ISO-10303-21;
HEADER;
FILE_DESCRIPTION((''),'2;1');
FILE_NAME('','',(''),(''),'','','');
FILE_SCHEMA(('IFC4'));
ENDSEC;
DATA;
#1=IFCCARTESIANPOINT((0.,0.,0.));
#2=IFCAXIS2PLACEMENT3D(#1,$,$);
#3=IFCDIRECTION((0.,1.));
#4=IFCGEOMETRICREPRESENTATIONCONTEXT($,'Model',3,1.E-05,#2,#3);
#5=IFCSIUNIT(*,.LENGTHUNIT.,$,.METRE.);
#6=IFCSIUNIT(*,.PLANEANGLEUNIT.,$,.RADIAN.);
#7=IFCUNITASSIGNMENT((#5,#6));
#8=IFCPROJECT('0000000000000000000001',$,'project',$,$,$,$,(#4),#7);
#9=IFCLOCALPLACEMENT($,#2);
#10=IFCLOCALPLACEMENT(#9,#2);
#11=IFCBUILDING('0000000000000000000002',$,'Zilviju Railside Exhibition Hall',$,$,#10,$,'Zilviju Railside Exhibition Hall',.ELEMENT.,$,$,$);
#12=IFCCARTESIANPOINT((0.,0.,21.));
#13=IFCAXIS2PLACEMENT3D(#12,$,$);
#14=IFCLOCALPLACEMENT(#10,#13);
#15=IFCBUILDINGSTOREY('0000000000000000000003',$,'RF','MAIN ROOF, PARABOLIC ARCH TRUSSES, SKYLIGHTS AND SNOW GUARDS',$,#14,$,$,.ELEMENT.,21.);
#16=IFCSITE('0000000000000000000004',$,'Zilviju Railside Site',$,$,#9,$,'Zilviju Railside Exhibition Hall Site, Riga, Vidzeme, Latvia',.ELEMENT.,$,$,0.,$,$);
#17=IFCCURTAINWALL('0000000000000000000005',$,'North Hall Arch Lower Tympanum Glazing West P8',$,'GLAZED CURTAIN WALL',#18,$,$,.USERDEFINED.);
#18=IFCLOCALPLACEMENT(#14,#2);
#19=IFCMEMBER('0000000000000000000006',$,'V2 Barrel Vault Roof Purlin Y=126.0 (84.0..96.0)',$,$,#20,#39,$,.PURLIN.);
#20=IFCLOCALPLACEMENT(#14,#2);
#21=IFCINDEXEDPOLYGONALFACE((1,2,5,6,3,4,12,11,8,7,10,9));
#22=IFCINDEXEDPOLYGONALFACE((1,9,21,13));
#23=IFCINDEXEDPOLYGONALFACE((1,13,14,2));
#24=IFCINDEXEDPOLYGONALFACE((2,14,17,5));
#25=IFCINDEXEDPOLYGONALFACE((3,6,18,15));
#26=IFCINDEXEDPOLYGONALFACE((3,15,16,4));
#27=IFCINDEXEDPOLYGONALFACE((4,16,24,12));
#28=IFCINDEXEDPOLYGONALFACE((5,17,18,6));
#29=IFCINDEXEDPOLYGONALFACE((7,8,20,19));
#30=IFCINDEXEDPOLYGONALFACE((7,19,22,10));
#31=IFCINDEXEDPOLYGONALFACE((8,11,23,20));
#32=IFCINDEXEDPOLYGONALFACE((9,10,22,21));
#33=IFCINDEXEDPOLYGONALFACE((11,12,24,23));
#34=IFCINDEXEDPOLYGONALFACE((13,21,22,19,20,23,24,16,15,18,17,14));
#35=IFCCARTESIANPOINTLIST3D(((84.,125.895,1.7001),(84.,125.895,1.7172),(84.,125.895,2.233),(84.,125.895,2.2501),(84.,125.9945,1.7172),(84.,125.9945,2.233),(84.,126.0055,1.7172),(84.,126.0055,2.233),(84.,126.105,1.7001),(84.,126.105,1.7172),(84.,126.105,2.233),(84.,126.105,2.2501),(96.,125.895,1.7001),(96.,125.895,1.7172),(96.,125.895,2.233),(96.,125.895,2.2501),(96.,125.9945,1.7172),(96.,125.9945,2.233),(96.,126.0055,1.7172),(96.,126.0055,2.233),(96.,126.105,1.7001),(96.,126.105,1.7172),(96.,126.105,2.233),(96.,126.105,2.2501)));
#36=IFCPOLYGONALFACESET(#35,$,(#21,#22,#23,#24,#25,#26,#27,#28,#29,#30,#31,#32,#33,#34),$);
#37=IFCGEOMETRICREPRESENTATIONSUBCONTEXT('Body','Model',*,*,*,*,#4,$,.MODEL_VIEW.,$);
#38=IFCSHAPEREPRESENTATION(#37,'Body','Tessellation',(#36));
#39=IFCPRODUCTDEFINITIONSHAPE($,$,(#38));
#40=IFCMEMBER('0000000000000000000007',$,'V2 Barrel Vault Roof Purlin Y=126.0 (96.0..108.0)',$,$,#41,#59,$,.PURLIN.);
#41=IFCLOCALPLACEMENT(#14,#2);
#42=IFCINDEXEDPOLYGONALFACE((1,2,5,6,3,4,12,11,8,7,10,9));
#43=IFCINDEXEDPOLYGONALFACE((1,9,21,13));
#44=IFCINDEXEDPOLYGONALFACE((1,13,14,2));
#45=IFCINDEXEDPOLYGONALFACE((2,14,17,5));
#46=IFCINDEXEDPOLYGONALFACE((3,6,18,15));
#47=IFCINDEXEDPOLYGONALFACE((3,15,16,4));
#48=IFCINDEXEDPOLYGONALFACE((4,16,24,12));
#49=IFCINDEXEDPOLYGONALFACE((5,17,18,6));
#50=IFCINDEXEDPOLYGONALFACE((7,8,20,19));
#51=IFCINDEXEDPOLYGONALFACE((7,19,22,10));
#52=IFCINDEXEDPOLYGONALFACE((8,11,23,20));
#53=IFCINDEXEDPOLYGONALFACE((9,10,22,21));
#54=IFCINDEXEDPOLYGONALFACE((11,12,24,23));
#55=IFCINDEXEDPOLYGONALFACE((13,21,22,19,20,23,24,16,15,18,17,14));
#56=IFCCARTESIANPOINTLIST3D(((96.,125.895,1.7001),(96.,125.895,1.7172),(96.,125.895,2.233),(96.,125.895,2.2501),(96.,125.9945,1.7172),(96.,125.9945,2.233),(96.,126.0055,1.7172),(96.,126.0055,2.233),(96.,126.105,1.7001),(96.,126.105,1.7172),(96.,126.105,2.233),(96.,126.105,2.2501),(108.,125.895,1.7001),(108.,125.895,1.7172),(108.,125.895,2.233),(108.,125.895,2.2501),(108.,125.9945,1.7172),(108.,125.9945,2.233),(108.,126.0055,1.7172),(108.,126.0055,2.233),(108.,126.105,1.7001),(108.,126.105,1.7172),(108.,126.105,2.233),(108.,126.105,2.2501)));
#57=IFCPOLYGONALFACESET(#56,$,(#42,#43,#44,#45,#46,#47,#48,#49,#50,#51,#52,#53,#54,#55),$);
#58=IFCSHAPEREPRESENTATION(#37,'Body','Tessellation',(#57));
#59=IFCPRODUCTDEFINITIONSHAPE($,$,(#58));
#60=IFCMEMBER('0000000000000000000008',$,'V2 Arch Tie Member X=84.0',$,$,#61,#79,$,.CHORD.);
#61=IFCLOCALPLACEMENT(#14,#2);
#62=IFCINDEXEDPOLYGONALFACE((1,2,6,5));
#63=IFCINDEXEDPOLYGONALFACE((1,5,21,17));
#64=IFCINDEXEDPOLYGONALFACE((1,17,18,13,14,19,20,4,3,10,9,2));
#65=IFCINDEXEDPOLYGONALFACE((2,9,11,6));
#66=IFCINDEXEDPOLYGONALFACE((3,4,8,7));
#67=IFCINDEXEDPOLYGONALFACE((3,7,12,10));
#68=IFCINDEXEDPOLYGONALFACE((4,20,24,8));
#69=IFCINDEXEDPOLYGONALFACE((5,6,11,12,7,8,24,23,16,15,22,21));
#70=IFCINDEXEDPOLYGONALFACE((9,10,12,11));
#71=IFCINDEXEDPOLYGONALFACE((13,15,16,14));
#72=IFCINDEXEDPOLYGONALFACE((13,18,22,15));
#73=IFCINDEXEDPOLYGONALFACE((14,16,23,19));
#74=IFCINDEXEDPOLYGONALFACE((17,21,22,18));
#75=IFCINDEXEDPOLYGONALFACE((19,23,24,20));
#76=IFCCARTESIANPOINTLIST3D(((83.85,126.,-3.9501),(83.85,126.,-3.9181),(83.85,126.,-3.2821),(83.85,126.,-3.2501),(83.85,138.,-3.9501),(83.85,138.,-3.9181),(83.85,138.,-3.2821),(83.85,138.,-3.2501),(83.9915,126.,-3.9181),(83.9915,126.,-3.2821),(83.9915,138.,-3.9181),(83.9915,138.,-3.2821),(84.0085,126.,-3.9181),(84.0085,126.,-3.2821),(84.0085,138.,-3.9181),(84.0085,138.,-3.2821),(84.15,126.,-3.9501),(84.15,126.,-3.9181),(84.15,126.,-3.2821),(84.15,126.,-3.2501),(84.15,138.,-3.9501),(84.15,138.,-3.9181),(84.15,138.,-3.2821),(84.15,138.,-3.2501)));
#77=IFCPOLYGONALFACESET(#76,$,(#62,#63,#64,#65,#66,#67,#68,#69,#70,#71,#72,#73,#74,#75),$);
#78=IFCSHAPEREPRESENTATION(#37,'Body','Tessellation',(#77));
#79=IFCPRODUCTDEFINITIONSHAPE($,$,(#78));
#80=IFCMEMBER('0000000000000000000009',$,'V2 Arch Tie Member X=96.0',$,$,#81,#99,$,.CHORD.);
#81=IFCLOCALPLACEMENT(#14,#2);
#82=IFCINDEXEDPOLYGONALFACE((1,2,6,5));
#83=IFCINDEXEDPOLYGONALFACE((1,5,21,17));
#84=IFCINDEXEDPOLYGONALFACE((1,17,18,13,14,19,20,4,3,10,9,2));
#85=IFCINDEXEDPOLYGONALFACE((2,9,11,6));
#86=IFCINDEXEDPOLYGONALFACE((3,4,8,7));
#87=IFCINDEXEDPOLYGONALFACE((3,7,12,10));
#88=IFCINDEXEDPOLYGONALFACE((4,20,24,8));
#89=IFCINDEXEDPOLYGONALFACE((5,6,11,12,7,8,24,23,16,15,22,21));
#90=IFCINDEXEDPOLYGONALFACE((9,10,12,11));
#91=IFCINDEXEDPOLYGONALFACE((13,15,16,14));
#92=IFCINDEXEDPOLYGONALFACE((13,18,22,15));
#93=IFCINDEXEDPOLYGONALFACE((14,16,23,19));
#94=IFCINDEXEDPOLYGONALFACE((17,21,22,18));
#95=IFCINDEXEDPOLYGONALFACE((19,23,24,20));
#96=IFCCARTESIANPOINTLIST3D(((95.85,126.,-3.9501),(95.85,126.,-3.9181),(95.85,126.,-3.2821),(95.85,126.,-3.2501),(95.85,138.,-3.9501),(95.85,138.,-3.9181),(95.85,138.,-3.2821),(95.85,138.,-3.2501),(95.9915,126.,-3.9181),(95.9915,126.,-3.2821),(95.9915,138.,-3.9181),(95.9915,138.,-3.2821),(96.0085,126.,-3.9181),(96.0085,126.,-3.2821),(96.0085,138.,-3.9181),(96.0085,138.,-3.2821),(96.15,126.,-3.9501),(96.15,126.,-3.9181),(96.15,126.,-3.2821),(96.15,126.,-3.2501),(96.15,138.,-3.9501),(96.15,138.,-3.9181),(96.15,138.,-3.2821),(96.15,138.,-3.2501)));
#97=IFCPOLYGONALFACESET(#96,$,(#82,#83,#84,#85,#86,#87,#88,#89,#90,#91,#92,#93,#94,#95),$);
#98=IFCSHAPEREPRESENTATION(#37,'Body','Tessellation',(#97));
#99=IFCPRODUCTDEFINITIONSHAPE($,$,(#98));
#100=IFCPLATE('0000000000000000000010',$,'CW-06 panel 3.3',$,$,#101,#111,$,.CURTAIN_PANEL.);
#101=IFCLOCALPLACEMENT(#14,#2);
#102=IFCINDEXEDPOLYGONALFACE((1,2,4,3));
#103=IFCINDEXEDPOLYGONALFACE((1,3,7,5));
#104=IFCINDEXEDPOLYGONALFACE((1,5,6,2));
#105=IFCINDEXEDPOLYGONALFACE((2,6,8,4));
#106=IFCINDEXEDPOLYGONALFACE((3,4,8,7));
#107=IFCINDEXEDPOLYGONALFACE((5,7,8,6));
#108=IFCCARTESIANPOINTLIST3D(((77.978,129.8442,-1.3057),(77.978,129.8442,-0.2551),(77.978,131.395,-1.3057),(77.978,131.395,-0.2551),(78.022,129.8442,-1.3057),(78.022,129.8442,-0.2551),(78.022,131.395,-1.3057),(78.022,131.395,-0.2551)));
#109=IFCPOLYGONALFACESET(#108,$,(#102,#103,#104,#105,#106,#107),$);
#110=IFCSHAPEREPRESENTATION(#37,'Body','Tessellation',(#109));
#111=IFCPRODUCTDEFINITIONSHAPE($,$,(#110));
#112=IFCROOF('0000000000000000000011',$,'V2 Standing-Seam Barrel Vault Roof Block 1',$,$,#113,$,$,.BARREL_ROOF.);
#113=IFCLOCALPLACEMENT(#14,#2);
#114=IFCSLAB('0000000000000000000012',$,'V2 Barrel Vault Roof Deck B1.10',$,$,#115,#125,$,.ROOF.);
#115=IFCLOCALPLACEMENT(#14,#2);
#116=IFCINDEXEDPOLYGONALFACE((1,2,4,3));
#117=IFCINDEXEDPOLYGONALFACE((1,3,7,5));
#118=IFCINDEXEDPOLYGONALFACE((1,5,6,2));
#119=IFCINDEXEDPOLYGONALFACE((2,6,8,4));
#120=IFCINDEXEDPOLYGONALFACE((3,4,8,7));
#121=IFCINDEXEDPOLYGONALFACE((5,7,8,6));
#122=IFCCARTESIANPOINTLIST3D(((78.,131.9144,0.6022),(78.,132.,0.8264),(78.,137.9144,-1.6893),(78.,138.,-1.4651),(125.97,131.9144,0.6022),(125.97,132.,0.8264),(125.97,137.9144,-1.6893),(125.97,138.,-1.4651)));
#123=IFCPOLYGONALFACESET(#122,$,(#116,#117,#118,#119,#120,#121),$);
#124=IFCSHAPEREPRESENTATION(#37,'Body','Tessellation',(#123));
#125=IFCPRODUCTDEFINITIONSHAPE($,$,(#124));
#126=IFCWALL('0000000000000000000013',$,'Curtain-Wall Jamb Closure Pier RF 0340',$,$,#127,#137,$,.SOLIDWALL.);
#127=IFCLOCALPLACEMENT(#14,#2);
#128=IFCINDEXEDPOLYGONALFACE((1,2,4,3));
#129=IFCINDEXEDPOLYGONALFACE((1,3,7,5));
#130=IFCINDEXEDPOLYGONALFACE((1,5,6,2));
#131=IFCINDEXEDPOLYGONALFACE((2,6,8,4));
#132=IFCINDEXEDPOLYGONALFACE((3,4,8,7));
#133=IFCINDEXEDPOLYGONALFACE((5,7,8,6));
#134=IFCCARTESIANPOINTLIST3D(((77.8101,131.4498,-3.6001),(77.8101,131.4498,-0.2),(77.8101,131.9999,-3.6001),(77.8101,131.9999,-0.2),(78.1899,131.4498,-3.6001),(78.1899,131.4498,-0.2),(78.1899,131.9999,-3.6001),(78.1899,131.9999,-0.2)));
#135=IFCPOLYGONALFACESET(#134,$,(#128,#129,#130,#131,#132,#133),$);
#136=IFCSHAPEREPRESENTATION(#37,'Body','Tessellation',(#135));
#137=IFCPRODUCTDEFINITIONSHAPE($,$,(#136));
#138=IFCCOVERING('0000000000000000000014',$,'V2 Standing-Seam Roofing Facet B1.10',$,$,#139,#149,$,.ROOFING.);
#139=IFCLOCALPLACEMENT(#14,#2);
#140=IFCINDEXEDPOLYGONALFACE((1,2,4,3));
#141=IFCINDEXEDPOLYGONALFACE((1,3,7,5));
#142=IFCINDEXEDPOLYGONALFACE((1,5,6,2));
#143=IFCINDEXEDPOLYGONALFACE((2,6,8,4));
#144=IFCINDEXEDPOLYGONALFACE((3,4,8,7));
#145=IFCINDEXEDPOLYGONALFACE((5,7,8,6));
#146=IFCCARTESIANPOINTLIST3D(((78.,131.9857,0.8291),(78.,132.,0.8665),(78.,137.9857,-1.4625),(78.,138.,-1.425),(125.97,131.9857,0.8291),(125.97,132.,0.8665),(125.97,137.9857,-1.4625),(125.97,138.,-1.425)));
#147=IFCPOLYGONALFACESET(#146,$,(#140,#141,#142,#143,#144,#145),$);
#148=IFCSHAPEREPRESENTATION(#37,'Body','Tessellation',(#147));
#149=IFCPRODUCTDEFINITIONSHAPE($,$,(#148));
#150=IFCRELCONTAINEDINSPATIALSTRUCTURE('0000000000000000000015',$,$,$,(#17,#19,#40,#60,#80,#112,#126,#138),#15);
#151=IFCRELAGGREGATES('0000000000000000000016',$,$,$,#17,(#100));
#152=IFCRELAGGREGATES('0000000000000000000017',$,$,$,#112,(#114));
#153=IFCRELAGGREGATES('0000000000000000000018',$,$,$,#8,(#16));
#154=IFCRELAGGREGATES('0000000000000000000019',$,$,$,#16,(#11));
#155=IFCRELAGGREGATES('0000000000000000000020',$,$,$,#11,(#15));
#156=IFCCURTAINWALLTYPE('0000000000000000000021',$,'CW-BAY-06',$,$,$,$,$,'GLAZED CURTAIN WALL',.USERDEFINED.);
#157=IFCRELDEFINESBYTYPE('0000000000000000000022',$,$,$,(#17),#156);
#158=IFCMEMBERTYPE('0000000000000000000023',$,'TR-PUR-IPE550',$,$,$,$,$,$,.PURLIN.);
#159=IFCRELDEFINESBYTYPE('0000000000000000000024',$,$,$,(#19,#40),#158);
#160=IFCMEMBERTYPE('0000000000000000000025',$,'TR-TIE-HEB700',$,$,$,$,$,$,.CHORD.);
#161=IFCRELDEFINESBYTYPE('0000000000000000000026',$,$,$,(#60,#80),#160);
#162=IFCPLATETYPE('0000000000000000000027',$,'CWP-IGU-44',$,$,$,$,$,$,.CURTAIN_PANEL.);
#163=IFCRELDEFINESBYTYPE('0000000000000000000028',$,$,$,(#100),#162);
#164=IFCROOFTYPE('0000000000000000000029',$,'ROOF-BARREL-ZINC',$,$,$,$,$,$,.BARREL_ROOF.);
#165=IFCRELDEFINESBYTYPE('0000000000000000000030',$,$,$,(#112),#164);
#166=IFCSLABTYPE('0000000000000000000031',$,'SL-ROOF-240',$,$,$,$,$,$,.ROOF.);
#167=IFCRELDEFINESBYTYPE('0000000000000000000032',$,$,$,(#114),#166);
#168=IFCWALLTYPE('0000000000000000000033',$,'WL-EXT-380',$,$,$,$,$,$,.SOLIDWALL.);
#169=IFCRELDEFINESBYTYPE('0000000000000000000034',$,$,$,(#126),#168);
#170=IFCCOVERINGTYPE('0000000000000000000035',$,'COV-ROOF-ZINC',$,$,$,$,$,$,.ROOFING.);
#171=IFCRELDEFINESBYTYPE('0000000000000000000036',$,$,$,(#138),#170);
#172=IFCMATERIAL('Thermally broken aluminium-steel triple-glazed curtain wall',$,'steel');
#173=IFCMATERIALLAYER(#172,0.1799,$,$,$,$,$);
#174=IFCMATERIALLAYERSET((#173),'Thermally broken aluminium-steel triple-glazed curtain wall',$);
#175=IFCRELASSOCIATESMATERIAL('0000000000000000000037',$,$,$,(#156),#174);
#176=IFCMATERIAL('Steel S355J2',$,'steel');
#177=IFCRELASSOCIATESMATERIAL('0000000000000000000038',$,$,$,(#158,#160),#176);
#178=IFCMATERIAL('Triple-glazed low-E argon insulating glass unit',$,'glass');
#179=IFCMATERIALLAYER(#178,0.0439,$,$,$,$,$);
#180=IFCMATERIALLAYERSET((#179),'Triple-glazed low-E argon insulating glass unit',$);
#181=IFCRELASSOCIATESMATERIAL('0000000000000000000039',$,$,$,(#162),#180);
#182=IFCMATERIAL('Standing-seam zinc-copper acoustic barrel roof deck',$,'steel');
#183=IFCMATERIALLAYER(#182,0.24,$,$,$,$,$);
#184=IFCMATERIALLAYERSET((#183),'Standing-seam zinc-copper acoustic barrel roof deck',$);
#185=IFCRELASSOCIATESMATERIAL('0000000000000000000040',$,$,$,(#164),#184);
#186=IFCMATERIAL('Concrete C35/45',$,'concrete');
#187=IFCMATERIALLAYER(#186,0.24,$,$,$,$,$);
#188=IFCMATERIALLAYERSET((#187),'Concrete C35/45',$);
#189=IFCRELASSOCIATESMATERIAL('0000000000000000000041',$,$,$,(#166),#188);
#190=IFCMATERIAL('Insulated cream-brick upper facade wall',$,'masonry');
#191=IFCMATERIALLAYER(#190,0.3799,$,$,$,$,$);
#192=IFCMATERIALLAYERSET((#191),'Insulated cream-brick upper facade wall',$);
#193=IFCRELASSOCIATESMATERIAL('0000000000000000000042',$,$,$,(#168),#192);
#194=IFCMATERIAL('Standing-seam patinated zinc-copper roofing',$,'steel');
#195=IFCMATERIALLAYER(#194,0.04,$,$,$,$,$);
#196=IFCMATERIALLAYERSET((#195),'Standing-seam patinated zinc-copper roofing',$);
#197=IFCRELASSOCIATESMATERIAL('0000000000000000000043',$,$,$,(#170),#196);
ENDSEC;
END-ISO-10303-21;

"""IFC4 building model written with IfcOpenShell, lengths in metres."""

from ifc_helpers import new_model, si_unit, direction, frame, frame_2d, origin, origin_2d, place, context, subcontext, project, spatial, polyline, rectangle, i_section, outline, extrude, material, layer, layer_set, material_profile, profile_set, type_object, element, aggregate, save


model = new_model("IFC4")

# Units and contexts
model_context = context("Model", 3, precision=1e-05, world=origin(), true_north=direction((0.0, 1.0)))
body_context = subcontext(model_context, "Body", "Model", "MODEL_VIEW")
ifc_project = project(units=[si_unit("LENGTHUNIT", "METRE"), si_unit("PLANEANGLEUNIT", "RADIAN")], contexts=[model_context])

# Site, building, storey
site_placement = place(None, origin())
site = spatial("IfcSite", under=ifc_project, at=site_placement, Name="Zilviju Railside Site", LongName="Zilviju Railside Exhibition Hall Site, Riga, Vidzeme, Latvia", CompositionType="ELEMENT", RefElevation=0.0)
building_placement = place(site_placement, origin())
building = spatial("IfcBuilding", under=site, at=building_placement, Name="Zilviju Railside Exhibition Hall", LongName="Zilviju Railside Exhibition Hall", CompositionType="ELEMENT")
storey_placement = place(building_placement, frame((0.0, 0.0, 21.0)))
storey = spatial("IfcBuildingStorey", under=building, at=storey_placement, Name="RF", Description="MAIN ROOF, PARABOLIC ARCH TRUSSES, SKYLIGHTS AND SNOW GUARDS", CompositionType="ELEMENT", Elevation=21.0)

# Curtain wall
ifc_material_1 = material(Name="Thermally broken aluminium-steel triple-glazed curtain wall", Category="steel")
ifc_layer_1 = layer(ifc_material_1, 0.1799)
ifc_layer_set_1 = layer_set([ifc_layer_1], Name="Thermally broken aluminium-steel triple-glazed curtain wall")
curtain_wall_type = type_object("IfcCurtainWallType", Name="CW-BAY-06", ElementType="GLAZED CURTAIN WALL", PredefinedType="USERDEFINED", material=ifc_layer_set_1)
curtain_wall_placement = place(storey_placement, origin())
curtain_wall = element("IfcCurtainWall", 1, at=curtain_wall_placement, inside=storey, type_object=curtain_wall_type, Name="North Hall Arch Lower Tympanum Glazing West P8", ObjectType="GLAZED CURTAIN WALL", PredefinedType="USERDEFINED")

# Members
ifc_material_2 = material(Name="Steel S355J2", Category="steel")
ifc_material_profile_1 = material_profile(ifc_material_2, i_section(OverallWidth=0.21, OverallDepth=0.55, WebThickness=0.011, FlangeThickness=0.0171, at=origin_2d()), Name="IPE 550")
ifc_profile_set_1 = profile_set([ifc_material_profile_1], Name="Steel S355J2")
member_type_1 = type_object("IfcMemberType", Name="TR-PUR-IPE550", PredefinedType="PURLIN", material=ifc_profile_set_1)
for number, where, z_axis, x_axis, name in (
    (2, (84.0, 126.0, 1.9751), (1.0, 0.0, 0.0), (0.0, 1.0, 0.0), "V2 Barrel Vault Roof Purlin Y=126.0 (84.0..96.0)"),
    (3, (96.0, 126.0, 1.9751), (1.0, 0.0, 0.0), (0.0, 1.0, 0.0), "V2 Barrel Vault Roof Purlin Y=126.0 (96.0..108.0)"),
):
    element("IfcMember", number, at=place(storey_placement, frame(where, z_axis=z_axis, x_axis=x_axis)), inside=storey, type_object=member_type_1, Name=name, PredefinedType="PURLIN", context=body_context, shape_type="SweptSolid", body=[
        extrude(i_section(OverallWidth=0.21, OverallDepth=0.55, WebThickness=0.011, FlangeThickness=0.0171, at=origin_2d()), origin(), (0.0, 0.0, 1.0), 12.0),
    ])
ifc_material_profile_2 = material_profile(ifc_material_2, i_section(OverallWidth=0.3, OverallDepth=0.7, WebThickness=0.0171, FlangeThickness=0.032, at=origin_2d()), Name="HEB 700")
ifc_profile_set_2 = profile_set([ifc_material_profile_2], Name="Steel S355J2")
member_type_2 = type_object("IfcMemberType", Name="TR-TIE-HEB700", PredefinedType="CHORD", material=ifc_profile_set_2)
for number, where, z_axis, x_axis, name in (
    (4, (84.0, 126.0, -3.6001), (0.0, 1.0, 0.0), (-1.0, 0.0, 0.0), "V2 Arch Tie Member X=84.0"),
    (5, (96.0, 126.0, -3.6001), (0.0, 1.0, 0.0), (-1.0, 0.0, 0.0), "V2 Arch Tie Member X=96.0"),
):
    element("IfcMember", number, at=place(storey_placement, frame(where, z_axis=z_axis, x_axis=x_axis)), inside=storey, type_object=member_type_2, Name=name, PredefinedType="CHORD", context=body_context, shape_type="SweptSolid", body=[
        extrude(i_section(OverallWidth=0.3, OverallDepth=0.7, WebThickness=0.0171, FlangeThickness=0.032, at=origin_2d()), origin(), (0.0, 0.0, 1.0), 12.0),
    ])

# Plate
ifc_material_3 = material(Name="Triple-glazed low-E argon insulating glass unit", Category="glass")
ifc_layer_2 = layer(ifc_material_3, 0.0439)
ifc_layer_set_2 = layer_set([ifc_layer_2], Name="Triple-glazed low-E argon insulating glass unit")
plate_type = type_object("IfcPlateType", Name="CWP-IGU-44", PredefinedType="CURTAIN_PANEL", material=ifc_layer_set_2)
plate_placement = place(storey_placement, frame((78.0, 130.6196, -1.3057), z_axis=(0.0, 0.0, 1.0), x_axis=(0.0, 1.0, 0.0)))
plate = element("IfcPlate", 6, at=plate_placement, type_object=plate_type, Name="CW-06 panel 3.3", PredefinedType="CURTAIN_PANEL", context=body_context, shape_type="SweptSolid", body=[
    extrude(rectangle(XDim=1.5508, YDim=0.0439, at=origin_2d()), origin(), (0.0, 0.0, 1.0), 1.0505),
])
aggregate(curtain_wall, [plate])

# Roof, slab
ifc_material_4 = material(Name="Standing-seam zinc-copper acoustic barrel roof deck", Category="steel")
ifc_layer_3 = layer(ifc_material_4, 0.24)
ifc_layer_set_3 = layer_set([ifc_layer_3], Name="Standing-seam zinc-copper acoustic barrel roof deck")
roof_type = type_object("IfcRoofType", Name="ROOF-BARREL-ZINC", PredefinedType="BARREL_ROOF", material=ifc_layer_set_3)
roof_placement = place(storey_placement, origin())
roof = element("IfcRoof", 7, at=roof_placement, inside=storey, type_object=roof_type, Name="V2 Standing-Seam Barrel Vault Roof Block 1", PredefinedType="BARREL_ROOF")
ifc_material_5 = material(Name="Concrete C35/45", Category="concrete")
ifc_layer_4 = layer(ifc_material_5, 0.24)
ifc_layer_set_4 = layer_set([ifc_layer_4], Name="Concrete C35/45")
slab_type = type_object("IfcSlabType", Name="SL-ROOF-240", PredefinedType="ROOF", material=ifc_layer_set_4)
slab_placement = place(storey_placement, frame((78.0, 132.0, 0.8264), z_axis=(0.0, 0.356782, 0.934188), x_axis=(1.0, 0.0, 0.0)))
slab = element("IfcSlab", 8, at=slab_placement, type_object=slab_type, Name="V2 Barrel Vault Roof Deck B1.10", PredefinedType="ROOF", context=body_context, shape_type="SweptSolid", body=[
    extrude(outline(polyline([(0.0, 0.0), (47.97, 0.0), (47.97, 6.4227), (0.0, 6.4227), (0.0, 0.0)])), origin(), (0.0, 0.0, -1.0), 0.24),
])
aggregate(roof, [slab])

# Wall
ifc_material_6 = material(Name="Insulated cream-brick upper facade wall", Category="masonry")
ifc_layer_5 = layer(ifc_material_6, 0.3799)
ifc_layer_set_5 = layer_set([ifc_layer_5], Name="Insulated cream-brick upper facade wall")
wall_type = type_object("IfcWallType", Name="WL-EXT-380", PredefinedType="SOLIDWALL", material=ifc_layer_set_5)
wall_placement = place(storey_placement, frame((78.0, 131.45, -3.6001), z_axis=(0.0, 0.0, 1.0), x_axis=(0.0, 1.0, 0.0)))
element("IfcWall", 9, at=wall_placement, inside=storey, type_object=wall_type, Name="Curtain-Wall Jamb Closure Pier RF 0340", PredefinedType="SOLIDWALL", context=body_context, shape_type="SweptSolid", body=[
    extrude(rectangle(XDim=0.55, YDim=0.3799, at=frame_2d((0.2749, 0.0))), origin(), (0.0, 0.0, 1.0), 3.4001),
])

# Covering
ifc_material_7 = material(Name="Standing-seam patinated zinc-copper roofing", Category="steel")
ifc_layer_6 = layer(ifc_material_7, 0.04)
ifc_layer_set_6 = layer_set([ifc_layer_6], Name="Standing-seam patinated zinc-copper roofing")
covering_type = type_object("IfcCoveringType", Name="COV-ROOF-ZINC", PredefinedType="ROOFING", material=ifc_layer_set_6)
covering_placement = place(storey_placement, frame((78.0, 132.0, 0.8665), z_axis=(0.0, 0.356782, 0.934188), x_axis=(1.0, 0.0, 0.0)))
element("IfcCovering", 10, at=covering_placement, inside=storey, type_object=covering_type, Name="V2 Standing-Seam Roofing Facet B1.10", PredefinedType="ROOFING", context=body_context, shape_type="SweptSolid", body=[
    extrude(outline(polyline([(0.0, 0.0), (47.97, 0.0), (47.97, 6.4227), (0.0, 6.4227), (0.0, 0.0)])), origin(), (0.0, 0.0, -1.0), 0.04),
])

save(model, "model.ifc")
